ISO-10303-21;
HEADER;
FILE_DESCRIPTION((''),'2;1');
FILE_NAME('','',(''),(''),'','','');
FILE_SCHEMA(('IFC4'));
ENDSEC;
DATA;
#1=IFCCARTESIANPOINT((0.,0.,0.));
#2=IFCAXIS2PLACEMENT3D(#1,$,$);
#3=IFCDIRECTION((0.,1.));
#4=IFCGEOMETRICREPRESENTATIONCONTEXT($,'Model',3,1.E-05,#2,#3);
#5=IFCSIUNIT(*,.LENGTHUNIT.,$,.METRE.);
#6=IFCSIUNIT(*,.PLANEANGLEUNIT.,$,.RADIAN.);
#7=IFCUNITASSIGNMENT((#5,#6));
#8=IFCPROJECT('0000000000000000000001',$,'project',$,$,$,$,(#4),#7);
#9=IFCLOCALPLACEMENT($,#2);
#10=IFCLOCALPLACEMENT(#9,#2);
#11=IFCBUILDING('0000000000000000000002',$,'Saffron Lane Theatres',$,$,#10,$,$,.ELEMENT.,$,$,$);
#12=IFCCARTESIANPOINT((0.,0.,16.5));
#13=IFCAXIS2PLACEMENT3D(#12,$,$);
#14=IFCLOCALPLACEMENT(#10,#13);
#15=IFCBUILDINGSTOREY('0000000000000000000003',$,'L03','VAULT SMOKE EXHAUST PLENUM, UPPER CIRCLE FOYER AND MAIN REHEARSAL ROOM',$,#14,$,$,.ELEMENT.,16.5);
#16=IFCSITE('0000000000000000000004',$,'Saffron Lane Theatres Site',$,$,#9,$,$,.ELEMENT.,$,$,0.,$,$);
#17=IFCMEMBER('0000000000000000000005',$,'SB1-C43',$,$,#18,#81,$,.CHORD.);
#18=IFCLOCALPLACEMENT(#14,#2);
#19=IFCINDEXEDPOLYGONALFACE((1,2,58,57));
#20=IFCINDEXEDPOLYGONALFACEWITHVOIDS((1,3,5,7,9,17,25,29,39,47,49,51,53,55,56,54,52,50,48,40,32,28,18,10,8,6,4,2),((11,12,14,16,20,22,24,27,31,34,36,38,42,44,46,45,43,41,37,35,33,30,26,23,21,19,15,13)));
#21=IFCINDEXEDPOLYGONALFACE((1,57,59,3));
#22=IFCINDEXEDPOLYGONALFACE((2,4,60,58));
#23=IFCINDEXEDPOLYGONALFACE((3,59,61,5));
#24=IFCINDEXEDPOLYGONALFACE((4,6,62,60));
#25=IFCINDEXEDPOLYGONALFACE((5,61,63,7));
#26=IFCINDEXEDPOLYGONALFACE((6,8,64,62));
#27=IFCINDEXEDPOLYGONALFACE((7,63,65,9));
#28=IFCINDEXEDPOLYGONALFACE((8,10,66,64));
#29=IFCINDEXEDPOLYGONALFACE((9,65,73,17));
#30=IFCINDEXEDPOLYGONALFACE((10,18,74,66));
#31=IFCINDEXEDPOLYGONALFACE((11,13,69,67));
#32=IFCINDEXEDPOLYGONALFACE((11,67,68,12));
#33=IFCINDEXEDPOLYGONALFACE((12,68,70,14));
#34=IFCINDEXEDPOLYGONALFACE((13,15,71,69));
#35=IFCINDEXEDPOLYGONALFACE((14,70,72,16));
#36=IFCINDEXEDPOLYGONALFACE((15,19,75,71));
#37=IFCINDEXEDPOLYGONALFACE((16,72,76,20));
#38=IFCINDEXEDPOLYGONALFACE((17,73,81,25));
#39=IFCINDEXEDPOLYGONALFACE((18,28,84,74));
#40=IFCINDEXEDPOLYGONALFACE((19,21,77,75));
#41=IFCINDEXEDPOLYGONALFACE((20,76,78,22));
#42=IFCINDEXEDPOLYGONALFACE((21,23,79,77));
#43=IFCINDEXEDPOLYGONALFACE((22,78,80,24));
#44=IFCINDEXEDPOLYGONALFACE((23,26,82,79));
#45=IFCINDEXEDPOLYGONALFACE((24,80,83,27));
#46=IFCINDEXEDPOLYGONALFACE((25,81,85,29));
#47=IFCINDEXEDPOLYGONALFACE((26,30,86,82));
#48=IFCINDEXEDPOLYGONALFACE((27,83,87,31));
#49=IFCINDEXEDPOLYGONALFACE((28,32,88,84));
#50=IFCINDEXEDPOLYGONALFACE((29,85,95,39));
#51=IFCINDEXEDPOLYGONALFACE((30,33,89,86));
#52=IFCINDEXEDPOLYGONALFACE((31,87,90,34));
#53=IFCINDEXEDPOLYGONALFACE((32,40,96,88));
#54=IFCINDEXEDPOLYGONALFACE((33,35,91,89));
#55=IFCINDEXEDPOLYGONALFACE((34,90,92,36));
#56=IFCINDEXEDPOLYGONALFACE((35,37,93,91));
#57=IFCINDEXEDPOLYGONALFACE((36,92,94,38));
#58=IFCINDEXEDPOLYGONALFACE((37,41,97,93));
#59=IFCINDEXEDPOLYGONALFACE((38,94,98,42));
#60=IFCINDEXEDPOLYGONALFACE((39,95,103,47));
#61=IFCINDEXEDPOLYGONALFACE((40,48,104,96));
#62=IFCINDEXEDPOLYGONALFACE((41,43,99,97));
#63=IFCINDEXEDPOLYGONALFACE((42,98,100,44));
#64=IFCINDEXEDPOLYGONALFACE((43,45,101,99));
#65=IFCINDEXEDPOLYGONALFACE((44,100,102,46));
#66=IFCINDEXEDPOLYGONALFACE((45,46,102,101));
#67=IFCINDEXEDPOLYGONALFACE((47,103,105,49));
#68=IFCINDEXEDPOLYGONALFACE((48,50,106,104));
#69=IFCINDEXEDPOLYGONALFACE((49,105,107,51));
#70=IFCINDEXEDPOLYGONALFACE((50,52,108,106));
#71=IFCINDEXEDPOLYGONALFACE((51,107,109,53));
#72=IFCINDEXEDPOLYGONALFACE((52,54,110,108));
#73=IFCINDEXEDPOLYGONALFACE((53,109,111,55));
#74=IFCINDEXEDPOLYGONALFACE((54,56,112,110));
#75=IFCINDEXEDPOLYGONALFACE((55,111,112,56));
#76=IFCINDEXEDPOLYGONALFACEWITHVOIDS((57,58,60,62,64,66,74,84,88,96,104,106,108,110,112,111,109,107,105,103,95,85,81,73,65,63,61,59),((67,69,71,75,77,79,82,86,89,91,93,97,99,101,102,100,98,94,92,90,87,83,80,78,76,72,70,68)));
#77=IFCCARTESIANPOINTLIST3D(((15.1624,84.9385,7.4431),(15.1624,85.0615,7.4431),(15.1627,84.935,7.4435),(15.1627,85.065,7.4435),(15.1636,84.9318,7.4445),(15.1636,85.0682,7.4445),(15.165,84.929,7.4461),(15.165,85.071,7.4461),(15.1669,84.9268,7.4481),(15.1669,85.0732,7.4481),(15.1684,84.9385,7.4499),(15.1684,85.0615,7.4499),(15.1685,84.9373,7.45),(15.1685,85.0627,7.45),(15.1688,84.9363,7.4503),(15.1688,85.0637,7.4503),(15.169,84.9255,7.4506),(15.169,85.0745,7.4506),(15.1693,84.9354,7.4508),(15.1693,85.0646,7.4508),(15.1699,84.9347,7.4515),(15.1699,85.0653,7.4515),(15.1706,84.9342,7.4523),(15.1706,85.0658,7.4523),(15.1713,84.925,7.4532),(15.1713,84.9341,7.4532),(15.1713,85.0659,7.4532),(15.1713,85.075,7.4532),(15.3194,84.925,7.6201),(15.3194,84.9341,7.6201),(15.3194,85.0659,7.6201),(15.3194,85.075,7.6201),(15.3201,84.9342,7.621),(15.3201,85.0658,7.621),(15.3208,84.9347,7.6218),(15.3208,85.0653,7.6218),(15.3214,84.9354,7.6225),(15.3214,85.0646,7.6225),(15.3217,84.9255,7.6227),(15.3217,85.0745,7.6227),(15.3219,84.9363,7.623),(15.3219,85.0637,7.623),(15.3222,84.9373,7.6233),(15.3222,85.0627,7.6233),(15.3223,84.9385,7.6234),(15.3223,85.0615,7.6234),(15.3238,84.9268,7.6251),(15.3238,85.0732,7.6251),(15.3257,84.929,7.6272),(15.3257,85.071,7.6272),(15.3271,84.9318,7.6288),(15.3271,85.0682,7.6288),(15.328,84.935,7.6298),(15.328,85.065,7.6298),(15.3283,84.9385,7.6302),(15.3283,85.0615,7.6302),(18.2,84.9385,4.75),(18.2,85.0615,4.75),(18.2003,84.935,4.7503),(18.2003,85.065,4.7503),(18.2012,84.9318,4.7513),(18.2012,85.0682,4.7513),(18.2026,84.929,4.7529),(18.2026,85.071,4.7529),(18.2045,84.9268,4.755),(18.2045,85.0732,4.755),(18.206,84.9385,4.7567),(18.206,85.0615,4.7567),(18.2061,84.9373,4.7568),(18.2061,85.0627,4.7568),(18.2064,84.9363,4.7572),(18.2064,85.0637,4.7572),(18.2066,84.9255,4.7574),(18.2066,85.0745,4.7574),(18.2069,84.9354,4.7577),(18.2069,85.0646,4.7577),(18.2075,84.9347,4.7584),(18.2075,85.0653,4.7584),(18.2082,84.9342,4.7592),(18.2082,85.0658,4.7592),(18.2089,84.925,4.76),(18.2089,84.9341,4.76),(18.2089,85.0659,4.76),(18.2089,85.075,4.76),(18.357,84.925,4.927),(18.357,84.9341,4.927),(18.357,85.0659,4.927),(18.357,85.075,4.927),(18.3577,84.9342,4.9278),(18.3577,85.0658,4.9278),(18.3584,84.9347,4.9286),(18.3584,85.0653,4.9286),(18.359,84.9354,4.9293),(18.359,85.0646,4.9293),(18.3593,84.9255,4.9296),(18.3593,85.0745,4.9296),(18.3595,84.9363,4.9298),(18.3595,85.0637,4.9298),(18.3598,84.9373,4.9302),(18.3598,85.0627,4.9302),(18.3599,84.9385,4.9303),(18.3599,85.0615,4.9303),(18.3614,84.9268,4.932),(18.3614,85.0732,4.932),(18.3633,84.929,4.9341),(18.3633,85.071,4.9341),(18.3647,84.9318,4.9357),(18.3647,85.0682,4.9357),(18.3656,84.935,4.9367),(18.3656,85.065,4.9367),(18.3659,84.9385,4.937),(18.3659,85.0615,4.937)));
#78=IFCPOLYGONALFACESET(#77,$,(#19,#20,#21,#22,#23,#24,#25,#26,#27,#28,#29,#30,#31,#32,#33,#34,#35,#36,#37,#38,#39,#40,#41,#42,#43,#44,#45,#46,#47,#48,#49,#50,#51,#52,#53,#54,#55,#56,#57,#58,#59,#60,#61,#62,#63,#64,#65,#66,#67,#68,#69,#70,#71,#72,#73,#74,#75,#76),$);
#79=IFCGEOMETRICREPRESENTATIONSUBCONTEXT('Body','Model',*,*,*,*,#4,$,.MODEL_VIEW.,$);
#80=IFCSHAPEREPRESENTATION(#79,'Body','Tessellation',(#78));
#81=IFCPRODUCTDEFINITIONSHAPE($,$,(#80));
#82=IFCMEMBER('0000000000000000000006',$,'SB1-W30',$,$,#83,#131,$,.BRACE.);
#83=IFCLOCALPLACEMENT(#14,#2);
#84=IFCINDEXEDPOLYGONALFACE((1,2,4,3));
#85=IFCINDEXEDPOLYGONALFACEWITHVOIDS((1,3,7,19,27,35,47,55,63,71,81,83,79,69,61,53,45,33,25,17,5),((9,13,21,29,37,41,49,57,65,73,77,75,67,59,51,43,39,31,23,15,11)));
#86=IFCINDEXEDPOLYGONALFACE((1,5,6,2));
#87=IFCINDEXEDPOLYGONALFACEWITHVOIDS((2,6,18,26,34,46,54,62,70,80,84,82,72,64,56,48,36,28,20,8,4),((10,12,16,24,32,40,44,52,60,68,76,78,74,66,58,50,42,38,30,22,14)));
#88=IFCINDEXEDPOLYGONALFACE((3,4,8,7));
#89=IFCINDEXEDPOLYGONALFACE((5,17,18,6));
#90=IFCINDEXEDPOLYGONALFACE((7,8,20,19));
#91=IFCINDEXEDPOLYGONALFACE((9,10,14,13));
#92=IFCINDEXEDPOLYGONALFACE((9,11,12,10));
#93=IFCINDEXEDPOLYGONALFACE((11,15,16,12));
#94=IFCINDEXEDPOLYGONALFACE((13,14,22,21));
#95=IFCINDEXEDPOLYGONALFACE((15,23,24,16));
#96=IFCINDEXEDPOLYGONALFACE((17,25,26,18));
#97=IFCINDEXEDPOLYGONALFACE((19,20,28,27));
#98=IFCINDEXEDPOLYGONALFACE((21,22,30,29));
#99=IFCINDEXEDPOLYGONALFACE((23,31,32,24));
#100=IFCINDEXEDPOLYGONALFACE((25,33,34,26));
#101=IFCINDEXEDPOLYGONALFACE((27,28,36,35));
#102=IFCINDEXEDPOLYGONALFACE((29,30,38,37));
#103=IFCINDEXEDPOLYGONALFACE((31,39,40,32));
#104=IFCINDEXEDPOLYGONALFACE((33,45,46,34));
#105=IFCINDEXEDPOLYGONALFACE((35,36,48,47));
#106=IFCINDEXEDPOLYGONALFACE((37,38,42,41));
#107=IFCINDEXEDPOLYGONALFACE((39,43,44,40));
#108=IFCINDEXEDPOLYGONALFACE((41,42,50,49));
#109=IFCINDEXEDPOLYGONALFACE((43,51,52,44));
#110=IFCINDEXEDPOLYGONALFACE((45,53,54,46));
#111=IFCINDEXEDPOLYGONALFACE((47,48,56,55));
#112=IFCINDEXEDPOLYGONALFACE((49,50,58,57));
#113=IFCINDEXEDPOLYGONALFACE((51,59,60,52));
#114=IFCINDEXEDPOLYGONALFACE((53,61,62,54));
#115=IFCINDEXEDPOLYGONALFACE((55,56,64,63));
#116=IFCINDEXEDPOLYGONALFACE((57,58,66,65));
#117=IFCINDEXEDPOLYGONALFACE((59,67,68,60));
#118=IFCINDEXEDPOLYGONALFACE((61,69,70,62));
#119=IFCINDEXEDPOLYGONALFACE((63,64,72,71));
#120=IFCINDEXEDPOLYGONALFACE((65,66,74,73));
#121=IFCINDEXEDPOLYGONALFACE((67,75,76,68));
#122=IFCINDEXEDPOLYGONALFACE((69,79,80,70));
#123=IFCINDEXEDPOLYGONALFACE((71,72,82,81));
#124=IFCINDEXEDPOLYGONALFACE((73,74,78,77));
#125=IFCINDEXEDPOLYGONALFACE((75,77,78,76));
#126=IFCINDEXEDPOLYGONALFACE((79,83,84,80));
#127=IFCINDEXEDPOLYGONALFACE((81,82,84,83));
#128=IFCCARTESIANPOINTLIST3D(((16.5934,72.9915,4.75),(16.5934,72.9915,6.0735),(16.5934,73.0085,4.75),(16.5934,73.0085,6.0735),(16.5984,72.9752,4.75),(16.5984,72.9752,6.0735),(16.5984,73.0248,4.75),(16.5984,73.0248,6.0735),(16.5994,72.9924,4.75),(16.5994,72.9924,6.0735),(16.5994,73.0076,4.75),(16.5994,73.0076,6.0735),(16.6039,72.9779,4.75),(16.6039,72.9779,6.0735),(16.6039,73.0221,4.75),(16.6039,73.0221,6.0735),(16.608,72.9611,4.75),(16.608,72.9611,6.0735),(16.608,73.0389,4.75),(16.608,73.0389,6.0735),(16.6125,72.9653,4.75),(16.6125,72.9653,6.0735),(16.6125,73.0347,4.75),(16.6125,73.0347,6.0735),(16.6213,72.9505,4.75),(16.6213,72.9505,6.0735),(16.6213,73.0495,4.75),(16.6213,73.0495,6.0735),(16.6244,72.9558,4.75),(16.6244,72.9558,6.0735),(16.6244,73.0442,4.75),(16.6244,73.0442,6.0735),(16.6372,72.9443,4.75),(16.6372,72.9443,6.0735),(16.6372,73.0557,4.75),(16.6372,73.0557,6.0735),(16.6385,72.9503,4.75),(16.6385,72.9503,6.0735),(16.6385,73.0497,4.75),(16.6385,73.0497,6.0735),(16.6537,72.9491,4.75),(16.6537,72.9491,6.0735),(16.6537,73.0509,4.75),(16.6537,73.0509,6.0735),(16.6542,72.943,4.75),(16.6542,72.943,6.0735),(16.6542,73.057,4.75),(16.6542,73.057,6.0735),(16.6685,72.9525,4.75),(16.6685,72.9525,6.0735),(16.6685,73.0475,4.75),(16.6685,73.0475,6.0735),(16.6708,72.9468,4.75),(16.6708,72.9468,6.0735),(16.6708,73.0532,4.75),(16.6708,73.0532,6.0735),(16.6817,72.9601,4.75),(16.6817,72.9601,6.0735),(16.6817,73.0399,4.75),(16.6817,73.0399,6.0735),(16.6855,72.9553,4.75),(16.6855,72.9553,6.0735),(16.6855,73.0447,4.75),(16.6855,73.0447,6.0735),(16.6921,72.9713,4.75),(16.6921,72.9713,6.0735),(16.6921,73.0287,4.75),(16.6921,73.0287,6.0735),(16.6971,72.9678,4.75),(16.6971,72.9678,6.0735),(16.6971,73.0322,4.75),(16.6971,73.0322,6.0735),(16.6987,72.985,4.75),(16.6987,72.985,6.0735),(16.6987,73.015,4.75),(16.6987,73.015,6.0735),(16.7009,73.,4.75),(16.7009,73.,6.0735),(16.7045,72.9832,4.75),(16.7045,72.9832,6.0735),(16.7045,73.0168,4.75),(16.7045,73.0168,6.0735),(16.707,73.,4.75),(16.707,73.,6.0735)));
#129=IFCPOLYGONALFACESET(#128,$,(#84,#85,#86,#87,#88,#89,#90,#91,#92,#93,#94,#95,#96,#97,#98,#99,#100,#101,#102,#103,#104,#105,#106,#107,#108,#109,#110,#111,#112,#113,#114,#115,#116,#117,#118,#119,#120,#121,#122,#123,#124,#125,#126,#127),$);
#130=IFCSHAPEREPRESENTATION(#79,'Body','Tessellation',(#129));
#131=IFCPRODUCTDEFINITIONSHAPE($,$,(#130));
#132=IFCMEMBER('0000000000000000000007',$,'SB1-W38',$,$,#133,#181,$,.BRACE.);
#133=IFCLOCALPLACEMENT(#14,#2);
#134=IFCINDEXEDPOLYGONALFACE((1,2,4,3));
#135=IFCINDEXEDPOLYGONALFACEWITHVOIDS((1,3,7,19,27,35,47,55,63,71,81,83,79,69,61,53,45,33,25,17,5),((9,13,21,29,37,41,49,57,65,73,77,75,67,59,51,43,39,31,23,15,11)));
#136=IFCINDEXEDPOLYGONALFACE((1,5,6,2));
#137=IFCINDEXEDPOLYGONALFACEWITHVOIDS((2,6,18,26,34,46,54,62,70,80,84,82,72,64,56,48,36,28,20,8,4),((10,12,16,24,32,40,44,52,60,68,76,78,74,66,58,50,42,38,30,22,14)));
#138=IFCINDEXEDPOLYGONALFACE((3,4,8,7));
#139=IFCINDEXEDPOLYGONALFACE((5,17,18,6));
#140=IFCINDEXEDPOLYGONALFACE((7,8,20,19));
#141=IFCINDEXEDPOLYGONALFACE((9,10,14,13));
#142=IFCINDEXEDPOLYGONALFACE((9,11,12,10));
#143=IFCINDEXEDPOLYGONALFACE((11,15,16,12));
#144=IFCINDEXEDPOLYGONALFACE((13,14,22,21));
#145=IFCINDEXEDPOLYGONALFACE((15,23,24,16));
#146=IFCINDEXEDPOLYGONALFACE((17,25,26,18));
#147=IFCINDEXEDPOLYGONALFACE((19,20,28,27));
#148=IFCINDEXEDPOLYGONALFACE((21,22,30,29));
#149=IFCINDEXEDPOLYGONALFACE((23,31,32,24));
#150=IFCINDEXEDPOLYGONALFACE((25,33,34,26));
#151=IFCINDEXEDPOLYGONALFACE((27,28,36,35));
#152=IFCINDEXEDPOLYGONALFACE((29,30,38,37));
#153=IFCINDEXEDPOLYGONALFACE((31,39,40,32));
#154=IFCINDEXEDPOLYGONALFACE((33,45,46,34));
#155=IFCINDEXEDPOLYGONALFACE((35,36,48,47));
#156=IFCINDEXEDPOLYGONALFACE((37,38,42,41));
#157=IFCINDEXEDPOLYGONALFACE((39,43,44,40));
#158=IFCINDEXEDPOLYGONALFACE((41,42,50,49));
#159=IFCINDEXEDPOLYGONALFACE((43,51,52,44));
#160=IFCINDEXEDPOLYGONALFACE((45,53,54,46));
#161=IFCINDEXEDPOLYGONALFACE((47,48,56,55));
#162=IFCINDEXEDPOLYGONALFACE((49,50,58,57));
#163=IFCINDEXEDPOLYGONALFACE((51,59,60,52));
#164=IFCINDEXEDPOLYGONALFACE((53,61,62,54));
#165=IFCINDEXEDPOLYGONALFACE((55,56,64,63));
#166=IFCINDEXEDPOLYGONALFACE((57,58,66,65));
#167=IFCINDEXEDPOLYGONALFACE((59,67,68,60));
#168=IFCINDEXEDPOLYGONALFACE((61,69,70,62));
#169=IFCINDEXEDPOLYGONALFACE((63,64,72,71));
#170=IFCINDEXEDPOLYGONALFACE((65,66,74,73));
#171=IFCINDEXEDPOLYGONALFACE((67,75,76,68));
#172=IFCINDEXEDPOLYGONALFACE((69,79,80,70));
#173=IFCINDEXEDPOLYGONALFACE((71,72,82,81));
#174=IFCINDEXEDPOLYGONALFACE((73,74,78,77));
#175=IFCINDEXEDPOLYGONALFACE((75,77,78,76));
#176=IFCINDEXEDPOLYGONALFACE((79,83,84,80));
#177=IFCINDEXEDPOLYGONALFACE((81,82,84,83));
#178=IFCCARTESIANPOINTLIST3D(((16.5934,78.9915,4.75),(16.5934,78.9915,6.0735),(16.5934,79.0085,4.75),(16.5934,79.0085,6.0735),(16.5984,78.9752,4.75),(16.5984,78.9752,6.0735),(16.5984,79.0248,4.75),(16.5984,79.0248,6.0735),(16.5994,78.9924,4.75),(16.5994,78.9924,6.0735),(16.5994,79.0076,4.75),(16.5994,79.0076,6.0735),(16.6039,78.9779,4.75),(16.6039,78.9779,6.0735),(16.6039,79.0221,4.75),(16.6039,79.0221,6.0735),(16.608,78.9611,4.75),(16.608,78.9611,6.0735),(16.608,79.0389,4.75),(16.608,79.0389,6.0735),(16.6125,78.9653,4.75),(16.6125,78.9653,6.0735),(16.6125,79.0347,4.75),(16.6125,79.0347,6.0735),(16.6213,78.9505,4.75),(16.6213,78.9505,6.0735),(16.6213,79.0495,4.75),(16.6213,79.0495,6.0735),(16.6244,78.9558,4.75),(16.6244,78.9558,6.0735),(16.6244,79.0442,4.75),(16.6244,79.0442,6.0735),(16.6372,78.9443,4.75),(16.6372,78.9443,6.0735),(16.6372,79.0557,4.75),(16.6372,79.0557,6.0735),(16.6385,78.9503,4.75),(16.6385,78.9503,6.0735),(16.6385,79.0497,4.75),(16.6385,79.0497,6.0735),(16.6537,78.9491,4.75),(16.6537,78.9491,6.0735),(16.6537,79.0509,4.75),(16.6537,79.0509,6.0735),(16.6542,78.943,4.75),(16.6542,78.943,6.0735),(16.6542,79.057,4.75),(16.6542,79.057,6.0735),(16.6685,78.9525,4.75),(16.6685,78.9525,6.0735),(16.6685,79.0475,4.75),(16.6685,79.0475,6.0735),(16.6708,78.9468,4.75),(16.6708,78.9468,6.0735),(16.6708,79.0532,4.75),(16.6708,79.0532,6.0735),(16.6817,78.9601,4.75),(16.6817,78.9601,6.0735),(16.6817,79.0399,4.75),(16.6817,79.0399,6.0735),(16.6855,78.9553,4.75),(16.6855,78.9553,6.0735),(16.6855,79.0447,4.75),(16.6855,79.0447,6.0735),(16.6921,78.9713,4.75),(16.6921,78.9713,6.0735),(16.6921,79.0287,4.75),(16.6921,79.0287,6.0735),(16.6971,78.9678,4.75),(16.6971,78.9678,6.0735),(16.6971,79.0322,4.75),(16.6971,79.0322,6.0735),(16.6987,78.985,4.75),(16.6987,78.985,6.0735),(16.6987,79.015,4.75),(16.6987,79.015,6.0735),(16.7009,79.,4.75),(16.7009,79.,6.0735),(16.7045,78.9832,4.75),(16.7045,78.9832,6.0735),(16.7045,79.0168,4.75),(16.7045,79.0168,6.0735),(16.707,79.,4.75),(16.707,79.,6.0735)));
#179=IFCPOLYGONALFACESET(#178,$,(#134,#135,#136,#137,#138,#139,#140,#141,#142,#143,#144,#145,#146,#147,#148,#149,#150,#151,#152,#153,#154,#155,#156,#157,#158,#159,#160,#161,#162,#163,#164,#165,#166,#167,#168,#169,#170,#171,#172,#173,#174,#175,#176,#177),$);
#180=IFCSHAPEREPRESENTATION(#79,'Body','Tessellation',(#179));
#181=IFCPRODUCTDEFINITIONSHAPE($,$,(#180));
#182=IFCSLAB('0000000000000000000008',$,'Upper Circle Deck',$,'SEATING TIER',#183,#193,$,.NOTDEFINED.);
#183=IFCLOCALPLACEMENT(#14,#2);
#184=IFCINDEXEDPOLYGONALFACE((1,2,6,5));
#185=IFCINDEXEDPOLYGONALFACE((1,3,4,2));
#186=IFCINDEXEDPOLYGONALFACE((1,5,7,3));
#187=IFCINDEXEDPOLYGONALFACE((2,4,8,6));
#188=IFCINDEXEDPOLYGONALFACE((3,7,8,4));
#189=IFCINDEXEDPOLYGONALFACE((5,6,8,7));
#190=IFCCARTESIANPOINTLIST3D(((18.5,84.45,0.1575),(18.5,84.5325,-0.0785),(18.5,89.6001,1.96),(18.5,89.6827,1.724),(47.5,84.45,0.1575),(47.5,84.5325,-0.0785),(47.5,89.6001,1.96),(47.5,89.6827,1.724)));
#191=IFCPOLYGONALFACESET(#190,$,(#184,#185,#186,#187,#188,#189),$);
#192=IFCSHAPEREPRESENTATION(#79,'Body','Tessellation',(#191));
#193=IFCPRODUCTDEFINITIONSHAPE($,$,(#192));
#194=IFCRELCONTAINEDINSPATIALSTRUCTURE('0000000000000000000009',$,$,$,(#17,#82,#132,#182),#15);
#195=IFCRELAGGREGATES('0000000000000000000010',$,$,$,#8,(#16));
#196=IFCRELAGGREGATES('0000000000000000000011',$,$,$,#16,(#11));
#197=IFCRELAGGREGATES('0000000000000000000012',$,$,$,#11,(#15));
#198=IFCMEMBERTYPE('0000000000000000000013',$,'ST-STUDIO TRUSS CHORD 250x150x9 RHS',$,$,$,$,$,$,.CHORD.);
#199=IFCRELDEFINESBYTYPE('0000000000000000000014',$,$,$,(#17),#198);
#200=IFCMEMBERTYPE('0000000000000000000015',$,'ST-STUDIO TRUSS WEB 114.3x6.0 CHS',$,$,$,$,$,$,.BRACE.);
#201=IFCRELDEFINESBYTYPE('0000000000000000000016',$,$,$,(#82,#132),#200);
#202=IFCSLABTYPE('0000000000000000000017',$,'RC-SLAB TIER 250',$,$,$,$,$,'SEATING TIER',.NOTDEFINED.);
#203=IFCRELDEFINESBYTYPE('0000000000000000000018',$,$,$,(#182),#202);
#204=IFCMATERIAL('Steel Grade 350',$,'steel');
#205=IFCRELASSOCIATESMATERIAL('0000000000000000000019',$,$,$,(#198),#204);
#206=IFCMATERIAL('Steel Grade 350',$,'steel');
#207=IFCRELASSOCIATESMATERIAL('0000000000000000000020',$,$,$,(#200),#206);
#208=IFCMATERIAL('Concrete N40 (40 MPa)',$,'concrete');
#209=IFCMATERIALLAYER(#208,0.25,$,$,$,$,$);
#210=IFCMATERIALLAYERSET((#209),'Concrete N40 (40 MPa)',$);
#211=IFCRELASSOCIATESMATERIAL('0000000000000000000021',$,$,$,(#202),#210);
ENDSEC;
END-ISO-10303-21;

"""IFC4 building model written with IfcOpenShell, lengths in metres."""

from ifc_helpers import new_model, si_unit, direction, frame, origin, origin_2d, place, context, subcontext, project, spatial, polyline, hollow_rectangle, hollow_circle, outline, extrude, material, layer, layer_set, material_profile, profile_set, type_object, element, save


model = new_model("IFC4")

# Units and contexts
model_context = context("Model", 3, precision=1e-05, world=origin(), true_north=direction((0.0, 1.0)))
body_context = subcontext(model_context, "Body", "Model", "MODEL_VIEW")
ifc_project = project(units=[si_unit("LENGTHUNIT", "METRE"), si_unit("PLANEANGLEUNIT", "RADIAN")], contexts=[model_context])

# Site, building, storey
site_placement = place(None, origin())
site = spatial("IfcSite", under=ifc_project, at=site_placement, Name="Saffron Lane Theatres Site", CompositionType="ELEMENT", RefElevation=0.0)
building_placement = place(site_placement, origin())
building = spatial("IfcBuilding", under=site, at=building_placement, Name="Saffron Lane Theatres", CompositionType="ELEMENT")
storey_placement = place(building_placement, frame((0.0, 0.0, 16.5)))
storey = spatial("IfcBuildingStorey", under=building, at=storey_placement, Name="L03", Description="VAULT SMOKE EXHAUST PLENUM, UPPER CIRCLE FOYER AND MAIN REHEARSAL ROOM", CompositionType="ELEMENT", Elevation=16.5)

# Members
ifc_material_1 = material(Name="Steel Grade 350", Category="steel")
ifc_material_profile_1 = material_profile(ifc_material_1, hollow_rectangle(XDim=0.1499, YDim=0.25, WallThickness=0.009, InnerFilletRadius=0.0044, OuterFilletRadius=0.0134, at=origin_2d()))
ifc_profile_set_1 = profile_set([ifc_material_profile_1], Name="Steel Grade 350")
member_type_1 = type_object("IfcMemberType", Name="ST-STUDIO TRUSS CHORD 250x150x9 RHS", PredefinedType="CHORD", material=ifc_profile_set_1)
for number, where, z_axis, x_axis, name in (
    (1, (18.283, 85.0, 4.8435), (-0.748261, 0.0, 0.663404), (0.0, -1.0, 0.0), "SB1-C43"),
):
    element("IfcMember", number, at=place(storey_placement, frame(where, z_axis=z_axis, x_axis=x_axis)), inside=storey, type_object=member_type_1, Name=name, PredefinedType="CHORD", context=body_context, shape_type="SweptSolid", body=[
        extrude(hollow_rectangle(XDim=0.1499, YDim=0.25, WallThickness=0.009, InnerFilletRadius=0.0044, OuterFilletRadius=0.0134, at=origin_2d()), origin(), (0.0, 0.0, 1.0), 4.0596),
    ])
ifc_material_2 = material(Name="Steel Grade 350", Category="steel")
ifc_material_profile_2 = material_profile(ifc_material_2, hollow_circle(Radius=0.0571, WallThickness=0.0061, at=origin_2d()))
ifc_profile_set_2 = profile_set([ifc_material_profile_2], Name="Steel Grade 350")
member_type_2 = type_object("IfcMemberType", Name="ST-STUDIO TRUSS WEB 114.3x6.0 CHS", PredefinedType="BRACE", material=ifc_profile_set_2)
for number, where, z_axis, x_axis, name in (
    (2, (16.6499, 73.0, 4.75), (0.0, 0.0, 1.0), (1.0, 0.0, 0.0), "SB1-W30"),
    (3, (16.6499, 79.0, 4.75), (0.0, 0.0, 1.0), (1.0, 0.0, 0.0), "SB1-W38"),
):
    element("IfcMember", number, at=place(storey_placement, frame(where, z_axis=z_axis, x_axis=x_axis)), inside=storey, type_object=member_type_2, Name=name, PredefinedType="BRACE", context=body_context, shape_type="SweptSolid", body=[
        extrude(hollow_circle(Radius=0.0571, WallThickness=0.0061, at=origin_2d()), origin(), (0.0, 0.0, 1.0), 1.3235),
    ])

# Slab
ifc_material_3 = material(Name="Concrete N40 (40 MPa)", Category="concrete")
ifc_layer_1 = layer(ifc_material_3, 0.25)
ifc_layer_set_1 = layer_set([ifc_layer_1], Name="Concrete N40 (40 MPa)")
slab_type_1 = type_object("IfcSlabType", Name="RC-SLAB TIER 250", ElementType="SEATING TIER", PredefinedType="NOTDEFINED", material=ifc_layer_set_1)
slab_1_placement = place(storey_placement, frame((18.5, 84.45, 0.1575), z_axis=(0.0, -0.33034, 0.943862), x_axis=(1.0, 0.0, 0.0)))
element("IfcSlab", 4, at=slab_1_placement, inside=storey, type_object=slab_type_1, Name="Upper Circle Deck", ObjectType="SEATING TIER", PredefinedType="NOTDEFINED", context=body_context, shape_type="SweptSolid", body=[
    extrude(outline(polyline([(0.0, 0.0), (29.0, 0.0), (29.0, 5.4565), (0.0, 5.4565), (0.0, 0.0)])), origin(), (0.0, 0.0, -1.0), 0.25),
])

save(model, "model.ifc")
